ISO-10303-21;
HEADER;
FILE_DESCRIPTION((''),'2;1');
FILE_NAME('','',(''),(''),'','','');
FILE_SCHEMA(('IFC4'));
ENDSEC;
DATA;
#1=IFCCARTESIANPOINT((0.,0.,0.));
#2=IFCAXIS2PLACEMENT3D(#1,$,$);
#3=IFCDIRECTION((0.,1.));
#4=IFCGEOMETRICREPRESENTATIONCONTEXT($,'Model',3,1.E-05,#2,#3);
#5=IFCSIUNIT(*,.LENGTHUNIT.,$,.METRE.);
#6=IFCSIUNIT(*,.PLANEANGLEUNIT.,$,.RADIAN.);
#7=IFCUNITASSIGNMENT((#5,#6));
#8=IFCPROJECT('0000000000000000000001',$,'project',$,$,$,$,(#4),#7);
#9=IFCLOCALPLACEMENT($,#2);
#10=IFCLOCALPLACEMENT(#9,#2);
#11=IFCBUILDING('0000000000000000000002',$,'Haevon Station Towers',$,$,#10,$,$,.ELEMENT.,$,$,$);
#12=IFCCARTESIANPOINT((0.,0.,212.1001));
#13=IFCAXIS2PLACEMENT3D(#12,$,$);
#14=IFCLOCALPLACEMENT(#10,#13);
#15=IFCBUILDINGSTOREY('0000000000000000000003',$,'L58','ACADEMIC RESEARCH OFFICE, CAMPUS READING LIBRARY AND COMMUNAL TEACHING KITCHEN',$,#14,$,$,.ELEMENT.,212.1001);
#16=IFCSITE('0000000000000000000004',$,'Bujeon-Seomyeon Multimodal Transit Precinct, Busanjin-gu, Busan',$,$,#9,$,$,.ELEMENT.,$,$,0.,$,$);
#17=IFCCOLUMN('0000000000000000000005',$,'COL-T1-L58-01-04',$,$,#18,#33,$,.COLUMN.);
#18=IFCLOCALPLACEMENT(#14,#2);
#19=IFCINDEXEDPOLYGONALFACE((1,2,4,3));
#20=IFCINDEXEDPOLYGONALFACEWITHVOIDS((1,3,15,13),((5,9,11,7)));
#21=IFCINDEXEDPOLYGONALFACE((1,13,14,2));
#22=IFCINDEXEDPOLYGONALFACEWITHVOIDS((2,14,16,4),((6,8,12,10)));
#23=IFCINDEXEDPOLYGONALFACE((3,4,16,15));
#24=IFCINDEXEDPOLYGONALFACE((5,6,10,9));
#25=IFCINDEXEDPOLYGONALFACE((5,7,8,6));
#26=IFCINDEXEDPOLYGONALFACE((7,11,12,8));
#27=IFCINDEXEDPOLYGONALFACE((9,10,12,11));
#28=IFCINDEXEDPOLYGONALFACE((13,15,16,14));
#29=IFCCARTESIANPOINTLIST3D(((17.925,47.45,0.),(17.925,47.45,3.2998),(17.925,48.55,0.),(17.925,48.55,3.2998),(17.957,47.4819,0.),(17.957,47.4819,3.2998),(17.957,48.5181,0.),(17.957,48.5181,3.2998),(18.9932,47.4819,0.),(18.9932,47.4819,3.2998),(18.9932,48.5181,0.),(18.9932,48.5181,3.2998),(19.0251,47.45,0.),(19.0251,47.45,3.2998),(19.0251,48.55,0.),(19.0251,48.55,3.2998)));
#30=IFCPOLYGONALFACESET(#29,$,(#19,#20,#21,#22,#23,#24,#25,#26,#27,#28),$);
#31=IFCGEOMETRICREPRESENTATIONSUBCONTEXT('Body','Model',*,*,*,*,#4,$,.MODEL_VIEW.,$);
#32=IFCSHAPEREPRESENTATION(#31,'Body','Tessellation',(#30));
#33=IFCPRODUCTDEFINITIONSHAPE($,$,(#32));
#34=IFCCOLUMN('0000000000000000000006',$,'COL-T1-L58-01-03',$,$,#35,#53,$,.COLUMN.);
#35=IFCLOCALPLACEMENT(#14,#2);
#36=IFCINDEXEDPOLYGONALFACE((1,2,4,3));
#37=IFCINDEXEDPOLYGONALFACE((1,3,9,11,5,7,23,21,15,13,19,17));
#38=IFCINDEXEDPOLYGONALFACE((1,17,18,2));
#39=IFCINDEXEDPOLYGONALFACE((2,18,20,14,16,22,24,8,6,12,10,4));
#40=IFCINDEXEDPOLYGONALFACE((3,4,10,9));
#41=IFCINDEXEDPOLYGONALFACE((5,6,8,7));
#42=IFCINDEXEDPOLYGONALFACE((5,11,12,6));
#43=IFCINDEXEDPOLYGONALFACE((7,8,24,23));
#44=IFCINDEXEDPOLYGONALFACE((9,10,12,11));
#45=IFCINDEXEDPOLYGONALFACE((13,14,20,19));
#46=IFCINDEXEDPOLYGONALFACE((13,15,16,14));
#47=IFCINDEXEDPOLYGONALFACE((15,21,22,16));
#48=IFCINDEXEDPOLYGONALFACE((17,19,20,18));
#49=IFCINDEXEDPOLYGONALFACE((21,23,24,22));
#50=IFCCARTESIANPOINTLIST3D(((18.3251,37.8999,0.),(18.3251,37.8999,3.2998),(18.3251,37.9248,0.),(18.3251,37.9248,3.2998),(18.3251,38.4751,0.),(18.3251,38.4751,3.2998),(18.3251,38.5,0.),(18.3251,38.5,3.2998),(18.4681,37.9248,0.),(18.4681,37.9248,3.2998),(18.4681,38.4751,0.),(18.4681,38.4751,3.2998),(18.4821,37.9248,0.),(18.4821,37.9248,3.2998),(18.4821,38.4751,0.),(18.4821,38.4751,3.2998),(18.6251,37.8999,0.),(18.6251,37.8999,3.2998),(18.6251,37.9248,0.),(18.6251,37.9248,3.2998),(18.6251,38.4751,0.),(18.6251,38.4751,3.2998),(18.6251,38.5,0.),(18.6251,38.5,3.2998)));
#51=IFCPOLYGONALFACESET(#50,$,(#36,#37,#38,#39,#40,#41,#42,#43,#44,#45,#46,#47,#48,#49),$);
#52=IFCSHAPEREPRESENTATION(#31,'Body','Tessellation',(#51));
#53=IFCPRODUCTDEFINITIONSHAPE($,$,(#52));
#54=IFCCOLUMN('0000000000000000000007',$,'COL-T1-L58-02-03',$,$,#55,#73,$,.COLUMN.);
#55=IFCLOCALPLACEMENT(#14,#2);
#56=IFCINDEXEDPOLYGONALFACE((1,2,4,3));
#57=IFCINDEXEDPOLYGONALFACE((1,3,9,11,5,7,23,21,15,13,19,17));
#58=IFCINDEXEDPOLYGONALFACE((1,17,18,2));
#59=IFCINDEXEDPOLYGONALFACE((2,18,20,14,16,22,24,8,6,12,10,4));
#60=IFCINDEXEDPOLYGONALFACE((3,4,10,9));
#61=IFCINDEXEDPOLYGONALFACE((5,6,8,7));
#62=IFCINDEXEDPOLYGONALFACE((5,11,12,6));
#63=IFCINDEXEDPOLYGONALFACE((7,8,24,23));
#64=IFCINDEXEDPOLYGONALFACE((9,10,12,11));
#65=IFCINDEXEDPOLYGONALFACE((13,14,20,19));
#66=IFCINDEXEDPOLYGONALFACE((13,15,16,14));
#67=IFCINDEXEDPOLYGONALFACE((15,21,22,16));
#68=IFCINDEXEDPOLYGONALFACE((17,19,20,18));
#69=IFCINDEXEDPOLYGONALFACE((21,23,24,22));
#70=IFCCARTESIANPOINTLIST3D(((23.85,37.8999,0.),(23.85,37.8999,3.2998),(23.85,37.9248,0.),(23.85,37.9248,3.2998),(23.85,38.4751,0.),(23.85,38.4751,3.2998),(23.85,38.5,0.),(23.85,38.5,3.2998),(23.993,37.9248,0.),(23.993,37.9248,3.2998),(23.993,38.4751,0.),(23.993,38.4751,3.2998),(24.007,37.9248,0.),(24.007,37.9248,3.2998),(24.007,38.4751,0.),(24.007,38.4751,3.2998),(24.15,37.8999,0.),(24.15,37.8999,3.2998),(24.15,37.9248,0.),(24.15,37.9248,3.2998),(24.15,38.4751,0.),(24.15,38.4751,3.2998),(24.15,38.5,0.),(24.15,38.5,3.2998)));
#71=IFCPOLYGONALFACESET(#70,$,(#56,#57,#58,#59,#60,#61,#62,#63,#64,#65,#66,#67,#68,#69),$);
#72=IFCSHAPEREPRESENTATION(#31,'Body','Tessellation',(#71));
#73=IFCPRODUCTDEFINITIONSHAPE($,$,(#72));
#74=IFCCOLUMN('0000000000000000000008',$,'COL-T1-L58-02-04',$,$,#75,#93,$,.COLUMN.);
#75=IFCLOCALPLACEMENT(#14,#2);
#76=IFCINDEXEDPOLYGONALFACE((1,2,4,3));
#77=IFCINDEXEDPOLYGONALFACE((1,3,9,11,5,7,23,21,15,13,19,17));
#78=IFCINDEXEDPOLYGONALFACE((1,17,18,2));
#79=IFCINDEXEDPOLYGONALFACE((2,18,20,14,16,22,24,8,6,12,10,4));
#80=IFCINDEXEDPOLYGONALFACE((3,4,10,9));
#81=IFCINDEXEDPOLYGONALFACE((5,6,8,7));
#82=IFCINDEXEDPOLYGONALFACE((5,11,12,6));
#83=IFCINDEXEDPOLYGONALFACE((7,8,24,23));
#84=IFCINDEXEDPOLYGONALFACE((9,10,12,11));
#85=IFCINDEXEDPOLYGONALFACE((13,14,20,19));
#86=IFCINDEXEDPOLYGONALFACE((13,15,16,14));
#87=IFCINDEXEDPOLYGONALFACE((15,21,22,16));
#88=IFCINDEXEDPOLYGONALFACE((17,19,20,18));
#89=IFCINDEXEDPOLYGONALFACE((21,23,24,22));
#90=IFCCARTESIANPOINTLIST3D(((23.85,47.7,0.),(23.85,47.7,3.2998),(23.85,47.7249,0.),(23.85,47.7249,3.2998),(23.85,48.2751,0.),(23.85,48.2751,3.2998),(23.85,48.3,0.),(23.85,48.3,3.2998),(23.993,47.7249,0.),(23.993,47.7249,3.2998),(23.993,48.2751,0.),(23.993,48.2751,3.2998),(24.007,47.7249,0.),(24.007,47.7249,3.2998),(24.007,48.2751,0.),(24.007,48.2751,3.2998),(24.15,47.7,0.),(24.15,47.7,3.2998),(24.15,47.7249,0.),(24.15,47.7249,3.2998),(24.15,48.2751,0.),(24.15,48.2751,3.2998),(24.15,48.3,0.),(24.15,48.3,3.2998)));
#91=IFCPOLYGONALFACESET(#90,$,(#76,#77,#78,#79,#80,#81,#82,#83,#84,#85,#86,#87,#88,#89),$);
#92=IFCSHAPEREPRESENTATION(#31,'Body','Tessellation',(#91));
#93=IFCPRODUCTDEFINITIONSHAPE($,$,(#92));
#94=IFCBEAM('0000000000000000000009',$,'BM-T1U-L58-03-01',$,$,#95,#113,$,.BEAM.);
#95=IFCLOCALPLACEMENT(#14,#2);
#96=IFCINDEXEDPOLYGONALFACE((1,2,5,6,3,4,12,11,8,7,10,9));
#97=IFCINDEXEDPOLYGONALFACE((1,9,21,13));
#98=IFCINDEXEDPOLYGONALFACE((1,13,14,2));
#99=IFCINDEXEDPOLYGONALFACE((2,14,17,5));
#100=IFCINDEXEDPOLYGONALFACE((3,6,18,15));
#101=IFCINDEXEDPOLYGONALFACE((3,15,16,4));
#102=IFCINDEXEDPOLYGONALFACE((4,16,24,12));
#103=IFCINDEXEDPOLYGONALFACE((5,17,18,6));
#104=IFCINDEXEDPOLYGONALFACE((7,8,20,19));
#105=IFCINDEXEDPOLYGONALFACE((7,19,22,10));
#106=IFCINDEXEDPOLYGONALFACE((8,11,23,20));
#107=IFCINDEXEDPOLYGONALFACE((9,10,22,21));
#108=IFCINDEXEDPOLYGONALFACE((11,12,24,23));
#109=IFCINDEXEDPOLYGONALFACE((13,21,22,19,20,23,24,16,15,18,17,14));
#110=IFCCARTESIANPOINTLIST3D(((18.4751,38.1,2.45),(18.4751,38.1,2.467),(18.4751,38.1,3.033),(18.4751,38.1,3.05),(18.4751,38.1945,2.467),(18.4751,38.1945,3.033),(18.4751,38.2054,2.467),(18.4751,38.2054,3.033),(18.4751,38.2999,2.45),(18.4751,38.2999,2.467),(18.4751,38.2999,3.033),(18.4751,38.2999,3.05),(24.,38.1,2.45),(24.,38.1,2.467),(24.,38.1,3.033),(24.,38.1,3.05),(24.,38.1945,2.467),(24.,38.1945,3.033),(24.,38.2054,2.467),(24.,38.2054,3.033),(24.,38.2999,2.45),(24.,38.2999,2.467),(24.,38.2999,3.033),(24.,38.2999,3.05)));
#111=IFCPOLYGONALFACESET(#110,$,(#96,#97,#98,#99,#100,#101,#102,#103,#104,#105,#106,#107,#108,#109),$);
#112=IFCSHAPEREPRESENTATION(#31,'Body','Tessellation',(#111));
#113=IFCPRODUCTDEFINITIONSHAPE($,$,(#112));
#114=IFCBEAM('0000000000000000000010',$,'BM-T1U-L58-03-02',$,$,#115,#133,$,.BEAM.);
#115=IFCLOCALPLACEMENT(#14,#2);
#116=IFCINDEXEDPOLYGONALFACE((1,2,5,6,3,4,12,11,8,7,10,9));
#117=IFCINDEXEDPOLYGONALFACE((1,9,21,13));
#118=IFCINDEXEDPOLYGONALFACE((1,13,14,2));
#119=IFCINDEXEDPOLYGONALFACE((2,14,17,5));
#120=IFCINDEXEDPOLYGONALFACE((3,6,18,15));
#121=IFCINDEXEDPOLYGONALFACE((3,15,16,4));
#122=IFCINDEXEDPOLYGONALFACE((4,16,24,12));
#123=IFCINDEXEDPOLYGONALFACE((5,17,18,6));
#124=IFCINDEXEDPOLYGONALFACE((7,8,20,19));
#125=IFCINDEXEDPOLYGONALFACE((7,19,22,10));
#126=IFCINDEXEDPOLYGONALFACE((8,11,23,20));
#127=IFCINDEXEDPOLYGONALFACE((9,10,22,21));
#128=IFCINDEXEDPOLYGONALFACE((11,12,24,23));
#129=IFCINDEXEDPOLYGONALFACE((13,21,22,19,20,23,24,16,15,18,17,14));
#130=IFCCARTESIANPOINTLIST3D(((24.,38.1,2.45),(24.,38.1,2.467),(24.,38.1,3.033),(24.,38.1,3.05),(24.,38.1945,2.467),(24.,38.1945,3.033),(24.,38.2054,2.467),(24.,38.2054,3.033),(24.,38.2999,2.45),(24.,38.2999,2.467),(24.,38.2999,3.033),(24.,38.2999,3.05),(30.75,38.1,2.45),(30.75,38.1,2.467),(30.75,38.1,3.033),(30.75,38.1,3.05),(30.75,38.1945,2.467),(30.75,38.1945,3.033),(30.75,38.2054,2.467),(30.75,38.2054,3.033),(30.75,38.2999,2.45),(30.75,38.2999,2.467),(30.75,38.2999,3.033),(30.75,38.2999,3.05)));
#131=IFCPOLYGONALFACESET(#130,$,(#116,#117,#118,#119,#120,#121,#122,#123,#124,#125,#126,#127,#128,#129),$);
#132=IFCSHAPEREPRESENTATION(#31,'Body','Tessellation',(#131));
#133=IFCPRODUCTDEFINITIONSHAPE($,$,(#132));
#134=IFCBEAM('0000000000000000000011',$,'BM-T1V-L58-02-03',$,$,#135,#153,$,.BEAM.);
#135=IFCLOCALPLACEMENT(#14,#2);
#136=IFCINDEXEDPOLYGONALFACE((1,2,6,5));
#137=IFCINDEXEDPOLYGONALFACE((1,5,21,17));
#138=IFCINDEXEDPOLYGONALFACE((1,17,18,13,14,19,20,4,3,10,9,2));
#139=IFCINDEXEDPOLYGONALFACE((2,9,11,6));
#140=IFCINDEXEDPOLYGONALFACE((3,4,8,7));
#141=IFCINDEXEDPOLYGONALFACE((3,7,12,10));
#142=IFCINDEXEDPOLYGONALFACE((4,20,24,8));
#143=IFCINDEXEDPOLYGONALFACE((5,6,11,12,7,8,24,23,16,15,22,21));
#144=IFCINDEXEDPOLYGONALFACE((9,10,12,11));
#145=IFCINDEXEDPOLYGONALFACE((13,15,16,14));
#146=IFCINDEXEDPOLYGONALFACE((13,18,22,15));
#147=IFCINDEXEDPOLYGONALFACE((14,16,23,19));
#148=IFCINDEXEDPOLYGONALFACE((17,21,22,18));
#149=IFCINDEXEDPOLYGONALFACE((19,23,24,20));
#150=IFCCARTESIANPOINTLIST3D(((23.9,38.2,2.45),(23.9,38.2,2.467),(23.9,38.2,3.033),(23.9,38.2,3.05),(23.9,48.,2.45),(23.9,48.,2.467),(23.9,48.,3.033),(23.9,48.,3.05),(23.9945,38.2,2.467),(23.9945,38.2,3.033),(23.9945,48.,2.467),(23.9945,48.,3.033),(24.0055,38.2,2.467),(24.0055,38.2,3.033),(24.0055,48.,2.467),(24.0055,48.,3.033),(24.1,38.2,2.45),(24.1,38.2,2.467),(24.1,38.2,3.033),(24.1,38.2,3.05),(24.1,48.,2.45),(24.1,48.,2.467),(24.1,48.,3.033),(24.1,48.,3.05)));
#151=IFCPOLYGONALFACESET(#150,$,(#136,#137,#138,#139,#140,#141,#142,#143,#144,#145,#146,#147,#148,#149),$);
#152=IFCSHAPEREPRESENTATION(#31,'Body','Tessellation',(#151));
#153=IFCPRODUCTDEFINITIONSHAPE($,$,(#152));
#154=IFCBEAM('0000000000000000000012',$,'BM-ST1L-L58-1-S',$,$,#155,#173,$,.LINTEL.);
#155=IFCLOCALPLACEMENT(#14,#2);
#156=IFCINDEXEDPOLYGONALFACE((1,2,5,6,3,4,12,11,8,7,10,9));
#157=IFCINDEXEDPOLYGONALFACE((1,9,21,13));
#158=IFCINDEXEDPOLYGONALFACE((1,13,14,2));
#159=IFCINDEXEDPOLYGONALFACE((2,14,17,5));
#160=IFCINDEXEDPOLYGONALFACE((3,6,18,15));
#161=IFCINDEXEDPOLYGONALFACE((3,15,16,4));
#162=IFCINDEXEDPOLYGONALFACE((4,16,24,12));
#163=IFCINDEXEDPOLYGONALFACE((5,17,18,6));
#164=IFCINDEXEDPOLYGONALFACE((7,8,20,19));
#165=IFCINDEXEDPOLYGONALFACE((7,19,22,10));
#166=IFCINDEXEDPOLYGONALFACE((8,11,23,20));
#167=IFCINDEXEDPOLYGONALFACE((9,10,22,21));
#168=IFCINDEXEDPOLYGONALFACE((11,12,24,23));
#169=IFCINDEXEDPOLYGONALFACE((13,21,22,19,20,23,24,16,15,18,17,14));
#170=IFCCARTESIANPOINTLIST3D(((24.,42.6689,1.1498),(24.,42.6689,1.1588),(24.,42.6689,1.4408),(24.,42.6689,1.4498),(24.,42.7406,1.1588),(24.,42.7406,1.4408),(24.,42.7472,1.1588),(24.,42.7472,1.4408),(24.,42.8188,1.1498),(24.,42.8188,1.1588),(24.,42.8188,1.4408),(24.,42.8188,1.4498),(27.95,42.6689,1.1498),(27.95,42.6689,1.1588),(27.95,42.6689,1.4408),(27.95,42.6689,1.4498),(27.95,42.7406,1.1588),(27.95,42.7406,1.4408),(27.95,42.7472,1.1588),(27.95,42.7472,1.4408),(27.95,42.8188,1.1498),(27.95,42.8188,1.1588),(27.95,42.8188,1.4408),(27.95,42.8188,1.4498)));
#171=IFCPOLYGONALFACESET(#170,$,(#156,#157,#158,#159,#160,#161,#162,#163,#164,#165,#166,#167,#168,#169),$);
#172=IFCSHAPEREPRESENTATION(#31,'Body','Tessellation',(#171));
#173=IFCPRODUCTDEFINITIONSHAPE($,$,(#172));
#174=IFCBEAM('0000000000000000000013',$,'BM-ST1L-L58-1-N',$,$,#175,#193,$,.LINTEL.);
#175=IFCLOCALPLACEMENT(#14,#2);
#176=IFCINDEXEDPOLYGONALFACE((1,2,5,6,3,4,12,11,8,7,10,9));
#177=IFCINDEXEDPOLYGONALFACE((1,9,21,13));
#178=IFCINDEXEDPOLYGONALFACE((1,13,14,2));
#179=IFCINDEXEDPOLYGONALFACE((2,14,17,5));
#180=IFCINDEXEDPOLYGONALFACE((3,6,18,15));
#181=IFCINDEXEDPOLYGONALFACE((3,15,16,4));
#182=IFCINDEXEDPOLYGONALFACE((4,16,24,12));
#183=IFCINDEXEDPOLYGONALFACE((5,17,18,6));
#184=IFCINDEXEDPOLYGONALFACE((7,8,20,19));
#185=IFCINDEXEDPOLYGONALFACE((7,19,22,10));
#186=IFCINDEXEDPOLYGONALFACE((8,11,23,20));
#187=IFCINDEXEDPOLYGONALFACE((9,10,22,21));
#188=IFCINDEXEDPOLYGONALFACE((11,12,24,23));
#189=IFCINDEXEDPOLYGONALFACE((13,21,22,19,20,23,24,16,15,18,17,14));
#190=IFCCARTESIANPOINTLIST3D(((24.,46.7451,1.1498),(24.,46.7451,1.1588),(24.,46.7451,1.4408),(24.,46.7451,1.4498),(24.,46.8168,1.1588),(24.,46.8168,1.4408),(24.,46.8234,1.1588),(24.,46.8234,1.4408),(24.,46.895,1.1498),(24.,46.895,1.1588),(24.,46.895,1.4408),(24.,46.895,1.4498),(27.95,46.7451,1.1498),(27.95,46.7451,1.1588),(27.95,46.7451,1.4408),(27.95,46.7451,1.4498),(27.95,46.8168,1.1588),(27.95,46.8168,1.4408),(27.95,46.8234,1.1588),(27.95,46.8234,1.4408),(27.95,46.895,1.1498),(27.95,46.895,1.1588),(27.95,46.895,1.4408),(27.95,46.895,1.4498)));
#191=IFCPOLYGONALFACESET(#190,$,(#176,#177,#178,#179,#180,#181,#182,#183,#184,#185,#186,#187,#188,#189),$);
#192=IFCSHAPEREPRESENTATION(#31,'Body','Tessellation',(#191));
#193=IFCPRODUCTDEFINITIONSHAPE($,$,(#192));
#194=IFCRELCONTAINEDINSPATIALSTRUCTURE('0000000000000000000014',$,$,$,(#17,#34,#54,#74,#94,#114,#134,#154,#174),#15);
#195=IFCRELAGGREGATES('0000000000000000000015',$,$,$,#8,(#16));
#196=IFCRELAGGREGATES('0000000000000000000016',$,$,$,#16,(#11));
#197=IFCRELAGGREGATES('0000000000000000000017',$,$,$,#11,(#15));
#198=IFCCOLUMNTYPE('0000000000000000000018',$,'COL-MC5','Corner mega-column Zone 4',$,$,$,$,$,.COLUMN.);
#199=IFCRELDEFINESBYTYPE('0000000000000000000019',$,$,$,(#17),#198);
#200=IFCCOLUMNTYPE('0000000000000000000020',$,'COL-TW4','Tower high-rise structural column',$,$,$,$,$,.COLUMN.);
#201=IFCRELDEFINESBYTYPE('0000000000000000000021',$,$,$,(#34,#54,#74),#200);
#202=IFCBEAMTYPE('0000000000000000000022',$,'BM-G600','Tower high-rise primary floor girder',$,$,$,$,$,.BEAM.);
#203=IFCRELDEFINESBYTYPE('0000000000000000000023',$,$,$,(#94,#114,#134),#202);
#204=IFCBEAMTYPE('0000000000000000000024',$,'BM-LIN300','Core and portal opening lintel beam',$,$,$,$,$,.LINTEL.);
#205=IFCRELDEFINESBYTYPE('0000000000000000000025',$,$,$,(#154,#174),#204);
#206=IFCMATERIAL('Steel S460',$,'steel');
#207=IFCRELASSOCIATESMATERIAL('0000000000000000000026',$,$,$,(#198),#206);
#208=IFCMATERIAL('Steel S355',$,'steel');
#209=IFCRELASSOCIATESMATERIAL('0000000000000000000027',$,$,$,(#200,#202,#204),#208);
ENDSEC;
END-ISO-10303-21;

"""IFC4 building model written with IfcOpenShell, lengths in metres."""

from ifc_helpers import new_model, si_unit, direction, frame, origin, origin_2d, place, context, subcontext, project, spatial, hollow_rectangle, i_section, extrude, material, material_profile, profile_set, type_object, element, save


model = new_model("IFC4")

# Units and contexts
model_context = context("Model", 3, precision=1e-05, world=origin(), true_north=direction((0.0, 1.0)))
body_context = subcontext(model_context, "Body", "Model", "MODEL_VIEW")
ifc_project = project(units=[si_unit("LENGTHUNIT", "METRE"), si_unit("PLANEANGLEUNIT", "RADIAN")], contexts=[model_context])

# Site, building, storey
site_placement = place(None, origin())
site = spatial("IfcSite", under=ifc_project, at=site_placement, Name="Bujeon-Seomyeon Multimodal Transit Precinct, Busanjin-gu, Busan", CompositionType="ELEMENT", RefElevation=0.0)
building_placement = place(site_placement, origin())
building = spatial("IfcBuilding", under=site, at=building_placement, Name="Haevon Station Towers", CompositionType="ELEMENT")
storey_placement = place(building_placement, frame((0.0, 0.0, 212.1001)))
storey = spatial("IfcBuildingStorey", under=building, at=storey_placement, Name="L58", Description="ACADEMIC RESEARCH OFFICE, CAMPUS READING LIBRARY AND COMMUNAL TEACHING KITCHEN", CompositionType="ELEMENT", Elevation=212.1001)

# Columns
ifc_material_1 = material(Name="Steel S460", Category="steel")
ifc_material_profile_1 = material_profile(ifc_material_1, hollow_rectangle(XDim=1.1001, YDim=1.1001, WallThickness=0.032, at=origin_2d()), Name="BOX-1100x1100x32")
ifc_profile_set_1 = profile_set([ifc_material_profile_1], Name="Steel S460")
column_type_1 = type_object("IfcColumnType", Name="COL-MC5", Description="Corner mega-column Zone 4", PredefinedType="COLUMN", material=ifc_profile_set_1)
column_placement = place(storey_placement, frame((18.4751, 48.0, 0.0), z_axis=(0.0, 0.0, 1.0), x_axis=(1.0, 0.0, 0.0)))
element("IfcColumn", 1, at=column_placement, inside=storey, type_object=column_type_1, Name="COL-T1-L58-01-04", PredefinedType="COLUMN", context=body_context, shape_type="SweptSolid", body=[
    extrude(hollow_rectangle(XDim=1.1001, YDim=1.1001, WallThickness=0.032, at=origin_2d()), origin(), (0.0, 0.0, 1.0), 3.2998),
])
ifc_material_2 = material(Name="Steel S355", Category="steel")
ifc_material_profile_2 = material_profile(ifc_material_2, i_section(OverallWidth=0.3, OverallDepth=0.6001, WebThickness=0.0139, FlangeThickness=0.0249, at=origin_2d()), Name="H-600x300x14x25")
ifc_profile_set_2 = profile_set([ifc_material_profile_2], Name="Steel S355")
column_type_2 = type_object("IfcColumnType", Name="COL-TW4", Description="Tower high-rise structural column", PredefinedType="COLUMN", material=ifc_profile_set_2)
for number, where, z_axis, x_axis, name in (
    (2, (18.4751, 38.2, 0.0), (0.0, 0.0, 1.0), (1.0, 0.0, 0.0), "COL-T1-L58-01-03"),
    (3, (24.0, 38.2, 0.0), (0.0, 0.0, 1.0), (1.0, 0.0, 0.0), "COL-T1-L58-02-03"),
    (4, (24.0, 48.0, 0.0), (0.0, 0.0, 1.0), (1.0, 0.0, 0.0), "COL-T1-L58-02-04"),
):
    element("IfcColumn", number, at=place(storey_placement, frame(where, z_axis=z_axis, x_axis=x_axis)), inside=storey, type_object=column_type_2, Name=name, PredefinedType="COLUMN", context=body_context, shape_type="SweptSolid", body=[
        extrude(i_section(OverallWidth=0.3, OverallDepth=0.6001, WebThickness=0.0139, FlangeThickness=0.0249, at=origin_2d()), origin(), (0.0, 0.0, 1.0), 3.2998),
    ])

# Beams
ifc_material_profile_3 = material_profile(ifc_material_2, i_section(OverallWidth=0.2, OverallDepth=0.6001, WebThickness=0.011, FlangeThickness=0.0171, at=origin_2d()), Name="H-600x200x11x17")
ifc_profile_set_3 = profile_set([ifc_material_profile_3], Name="Steel S355")
beam_type_1 = type_object("IfcBeamType", Name="BM-G600", Description="Tower high-rise primary floor girder", PredefinedType="BEAM", material=ifc_profile_set_3)
beam_1_placement = place(storey_placement, frame((18.4751, 38.2, 2.75), z_axis=(1.0, 0.0, 0.0), x_axis=(0.0, 1.0, 0.0)))
element("IfcBeam", 5, at=beam_1_placement, inside=storey, type_object=beam_type_1, Name="BM-T1U-L58-03-01", PredefinedType="BEAM", context=body_context, shape_type="SweptSolid", body=[
    extrude(i_section(OverallWidth=0.2, OverallDepth=0.6001, WebThickness=0.011, FlangeThickness=0.0171, at=origin_2d()), origin(), (0.0, 0.0, 1.0), 5.5249),
])
beam_2_placement = place(storey_placement, frame((24.0, 38.2, 2.75), z_axis=(1.0, 0.0, 0.0), x_axis=(0.0, 1.0, 0.0)))
element("IfcBeam", 6, at=beam_2_placement, inside=storey, type_object=beam_type_1, Name="BM-T1U-L58-03-02", PredefinedType="BEAM", context=body_context, shape_type="SweptSolid", body=[
    extrude(i_section(OverallWidth=0.2, OverallDepth=0.6001, WebThickness=0.011, FlangeThickness=0.0171, at=origin_2d()), origin(), (0.0, 0.0, 1.0), 6.75),
])
beam_3_placement = place(storey_placement, frame((24.0, 38.2, 2.75), z_axis=(0.0, 1.0, 0.0), x_axis=(-1.0, 0.0, 0.0)))
element("IfcBeam", 7, at=beam_3_placement, inside=storey, type_object=beam_type_1, Name="BM-T1V-L58-02-03", PredefinedType="BEAM", context=body_context, shape_type="SweptSolid", body=[
    extrude(i_section(OverallWidth=0.2, OverallDepth=0.6001, WebThickness=0.011, FlangeThickness=0.0171, at=origin_2d()), origin(), (0.0, 0.0, 1.0), 9.8),
])
ifc_material_profile_4 = material_profile(ifc_material_2, i_section(OverallWidth=0.1499, OverallDepth=0.3, WebThickness=0.0066, FlangeThickness=0.009, at=origin_2d()), Name="H-300x150x6.5x9")
ifc_profile_set_4 = profile_set([ifc_material_profile_4], Name="Steel S355")
beam_type_2 = type_object("IfcBeamType", Name="BM-LIN300", Description="Core and portal opening lintel beam", PredefinedType="LINTEL", material=ifc_profile_set_4)
for number, where, z_axis, x_axis, name in (
    (8, (24.0, 42.7439, 1.2998), (1.0, 0.0, 0.0), (0.0, 1.0, 0.0), "BM-ST1L-L58-1-S"),
    (9, (24.0, 46.8201, 1.2998), (1.0, 0.0, 0.0), (0.0, 1.0, 0.0), "BM-ST1L-L58-1-N"),
):
    element("IfcBeam", number, at=place(storey_placement, frame(where, z_axis=z_axis, x_axis=x_axis)), inside=storey, type_object=beam_type_2, Name=name, PredefinedType="LINTEL", context=body_context, shape_type="SweptSolid", body=[
        extrude(i_section(OverallWidth=0.1499, OverallDepth=0.3, WebThickness=0.0066, FlangeThickness=0.009, at=origin_2d()), origin(), (0.0, 0.0, 1.0), 3.95),
    ])

save(model, "model.ifc")
